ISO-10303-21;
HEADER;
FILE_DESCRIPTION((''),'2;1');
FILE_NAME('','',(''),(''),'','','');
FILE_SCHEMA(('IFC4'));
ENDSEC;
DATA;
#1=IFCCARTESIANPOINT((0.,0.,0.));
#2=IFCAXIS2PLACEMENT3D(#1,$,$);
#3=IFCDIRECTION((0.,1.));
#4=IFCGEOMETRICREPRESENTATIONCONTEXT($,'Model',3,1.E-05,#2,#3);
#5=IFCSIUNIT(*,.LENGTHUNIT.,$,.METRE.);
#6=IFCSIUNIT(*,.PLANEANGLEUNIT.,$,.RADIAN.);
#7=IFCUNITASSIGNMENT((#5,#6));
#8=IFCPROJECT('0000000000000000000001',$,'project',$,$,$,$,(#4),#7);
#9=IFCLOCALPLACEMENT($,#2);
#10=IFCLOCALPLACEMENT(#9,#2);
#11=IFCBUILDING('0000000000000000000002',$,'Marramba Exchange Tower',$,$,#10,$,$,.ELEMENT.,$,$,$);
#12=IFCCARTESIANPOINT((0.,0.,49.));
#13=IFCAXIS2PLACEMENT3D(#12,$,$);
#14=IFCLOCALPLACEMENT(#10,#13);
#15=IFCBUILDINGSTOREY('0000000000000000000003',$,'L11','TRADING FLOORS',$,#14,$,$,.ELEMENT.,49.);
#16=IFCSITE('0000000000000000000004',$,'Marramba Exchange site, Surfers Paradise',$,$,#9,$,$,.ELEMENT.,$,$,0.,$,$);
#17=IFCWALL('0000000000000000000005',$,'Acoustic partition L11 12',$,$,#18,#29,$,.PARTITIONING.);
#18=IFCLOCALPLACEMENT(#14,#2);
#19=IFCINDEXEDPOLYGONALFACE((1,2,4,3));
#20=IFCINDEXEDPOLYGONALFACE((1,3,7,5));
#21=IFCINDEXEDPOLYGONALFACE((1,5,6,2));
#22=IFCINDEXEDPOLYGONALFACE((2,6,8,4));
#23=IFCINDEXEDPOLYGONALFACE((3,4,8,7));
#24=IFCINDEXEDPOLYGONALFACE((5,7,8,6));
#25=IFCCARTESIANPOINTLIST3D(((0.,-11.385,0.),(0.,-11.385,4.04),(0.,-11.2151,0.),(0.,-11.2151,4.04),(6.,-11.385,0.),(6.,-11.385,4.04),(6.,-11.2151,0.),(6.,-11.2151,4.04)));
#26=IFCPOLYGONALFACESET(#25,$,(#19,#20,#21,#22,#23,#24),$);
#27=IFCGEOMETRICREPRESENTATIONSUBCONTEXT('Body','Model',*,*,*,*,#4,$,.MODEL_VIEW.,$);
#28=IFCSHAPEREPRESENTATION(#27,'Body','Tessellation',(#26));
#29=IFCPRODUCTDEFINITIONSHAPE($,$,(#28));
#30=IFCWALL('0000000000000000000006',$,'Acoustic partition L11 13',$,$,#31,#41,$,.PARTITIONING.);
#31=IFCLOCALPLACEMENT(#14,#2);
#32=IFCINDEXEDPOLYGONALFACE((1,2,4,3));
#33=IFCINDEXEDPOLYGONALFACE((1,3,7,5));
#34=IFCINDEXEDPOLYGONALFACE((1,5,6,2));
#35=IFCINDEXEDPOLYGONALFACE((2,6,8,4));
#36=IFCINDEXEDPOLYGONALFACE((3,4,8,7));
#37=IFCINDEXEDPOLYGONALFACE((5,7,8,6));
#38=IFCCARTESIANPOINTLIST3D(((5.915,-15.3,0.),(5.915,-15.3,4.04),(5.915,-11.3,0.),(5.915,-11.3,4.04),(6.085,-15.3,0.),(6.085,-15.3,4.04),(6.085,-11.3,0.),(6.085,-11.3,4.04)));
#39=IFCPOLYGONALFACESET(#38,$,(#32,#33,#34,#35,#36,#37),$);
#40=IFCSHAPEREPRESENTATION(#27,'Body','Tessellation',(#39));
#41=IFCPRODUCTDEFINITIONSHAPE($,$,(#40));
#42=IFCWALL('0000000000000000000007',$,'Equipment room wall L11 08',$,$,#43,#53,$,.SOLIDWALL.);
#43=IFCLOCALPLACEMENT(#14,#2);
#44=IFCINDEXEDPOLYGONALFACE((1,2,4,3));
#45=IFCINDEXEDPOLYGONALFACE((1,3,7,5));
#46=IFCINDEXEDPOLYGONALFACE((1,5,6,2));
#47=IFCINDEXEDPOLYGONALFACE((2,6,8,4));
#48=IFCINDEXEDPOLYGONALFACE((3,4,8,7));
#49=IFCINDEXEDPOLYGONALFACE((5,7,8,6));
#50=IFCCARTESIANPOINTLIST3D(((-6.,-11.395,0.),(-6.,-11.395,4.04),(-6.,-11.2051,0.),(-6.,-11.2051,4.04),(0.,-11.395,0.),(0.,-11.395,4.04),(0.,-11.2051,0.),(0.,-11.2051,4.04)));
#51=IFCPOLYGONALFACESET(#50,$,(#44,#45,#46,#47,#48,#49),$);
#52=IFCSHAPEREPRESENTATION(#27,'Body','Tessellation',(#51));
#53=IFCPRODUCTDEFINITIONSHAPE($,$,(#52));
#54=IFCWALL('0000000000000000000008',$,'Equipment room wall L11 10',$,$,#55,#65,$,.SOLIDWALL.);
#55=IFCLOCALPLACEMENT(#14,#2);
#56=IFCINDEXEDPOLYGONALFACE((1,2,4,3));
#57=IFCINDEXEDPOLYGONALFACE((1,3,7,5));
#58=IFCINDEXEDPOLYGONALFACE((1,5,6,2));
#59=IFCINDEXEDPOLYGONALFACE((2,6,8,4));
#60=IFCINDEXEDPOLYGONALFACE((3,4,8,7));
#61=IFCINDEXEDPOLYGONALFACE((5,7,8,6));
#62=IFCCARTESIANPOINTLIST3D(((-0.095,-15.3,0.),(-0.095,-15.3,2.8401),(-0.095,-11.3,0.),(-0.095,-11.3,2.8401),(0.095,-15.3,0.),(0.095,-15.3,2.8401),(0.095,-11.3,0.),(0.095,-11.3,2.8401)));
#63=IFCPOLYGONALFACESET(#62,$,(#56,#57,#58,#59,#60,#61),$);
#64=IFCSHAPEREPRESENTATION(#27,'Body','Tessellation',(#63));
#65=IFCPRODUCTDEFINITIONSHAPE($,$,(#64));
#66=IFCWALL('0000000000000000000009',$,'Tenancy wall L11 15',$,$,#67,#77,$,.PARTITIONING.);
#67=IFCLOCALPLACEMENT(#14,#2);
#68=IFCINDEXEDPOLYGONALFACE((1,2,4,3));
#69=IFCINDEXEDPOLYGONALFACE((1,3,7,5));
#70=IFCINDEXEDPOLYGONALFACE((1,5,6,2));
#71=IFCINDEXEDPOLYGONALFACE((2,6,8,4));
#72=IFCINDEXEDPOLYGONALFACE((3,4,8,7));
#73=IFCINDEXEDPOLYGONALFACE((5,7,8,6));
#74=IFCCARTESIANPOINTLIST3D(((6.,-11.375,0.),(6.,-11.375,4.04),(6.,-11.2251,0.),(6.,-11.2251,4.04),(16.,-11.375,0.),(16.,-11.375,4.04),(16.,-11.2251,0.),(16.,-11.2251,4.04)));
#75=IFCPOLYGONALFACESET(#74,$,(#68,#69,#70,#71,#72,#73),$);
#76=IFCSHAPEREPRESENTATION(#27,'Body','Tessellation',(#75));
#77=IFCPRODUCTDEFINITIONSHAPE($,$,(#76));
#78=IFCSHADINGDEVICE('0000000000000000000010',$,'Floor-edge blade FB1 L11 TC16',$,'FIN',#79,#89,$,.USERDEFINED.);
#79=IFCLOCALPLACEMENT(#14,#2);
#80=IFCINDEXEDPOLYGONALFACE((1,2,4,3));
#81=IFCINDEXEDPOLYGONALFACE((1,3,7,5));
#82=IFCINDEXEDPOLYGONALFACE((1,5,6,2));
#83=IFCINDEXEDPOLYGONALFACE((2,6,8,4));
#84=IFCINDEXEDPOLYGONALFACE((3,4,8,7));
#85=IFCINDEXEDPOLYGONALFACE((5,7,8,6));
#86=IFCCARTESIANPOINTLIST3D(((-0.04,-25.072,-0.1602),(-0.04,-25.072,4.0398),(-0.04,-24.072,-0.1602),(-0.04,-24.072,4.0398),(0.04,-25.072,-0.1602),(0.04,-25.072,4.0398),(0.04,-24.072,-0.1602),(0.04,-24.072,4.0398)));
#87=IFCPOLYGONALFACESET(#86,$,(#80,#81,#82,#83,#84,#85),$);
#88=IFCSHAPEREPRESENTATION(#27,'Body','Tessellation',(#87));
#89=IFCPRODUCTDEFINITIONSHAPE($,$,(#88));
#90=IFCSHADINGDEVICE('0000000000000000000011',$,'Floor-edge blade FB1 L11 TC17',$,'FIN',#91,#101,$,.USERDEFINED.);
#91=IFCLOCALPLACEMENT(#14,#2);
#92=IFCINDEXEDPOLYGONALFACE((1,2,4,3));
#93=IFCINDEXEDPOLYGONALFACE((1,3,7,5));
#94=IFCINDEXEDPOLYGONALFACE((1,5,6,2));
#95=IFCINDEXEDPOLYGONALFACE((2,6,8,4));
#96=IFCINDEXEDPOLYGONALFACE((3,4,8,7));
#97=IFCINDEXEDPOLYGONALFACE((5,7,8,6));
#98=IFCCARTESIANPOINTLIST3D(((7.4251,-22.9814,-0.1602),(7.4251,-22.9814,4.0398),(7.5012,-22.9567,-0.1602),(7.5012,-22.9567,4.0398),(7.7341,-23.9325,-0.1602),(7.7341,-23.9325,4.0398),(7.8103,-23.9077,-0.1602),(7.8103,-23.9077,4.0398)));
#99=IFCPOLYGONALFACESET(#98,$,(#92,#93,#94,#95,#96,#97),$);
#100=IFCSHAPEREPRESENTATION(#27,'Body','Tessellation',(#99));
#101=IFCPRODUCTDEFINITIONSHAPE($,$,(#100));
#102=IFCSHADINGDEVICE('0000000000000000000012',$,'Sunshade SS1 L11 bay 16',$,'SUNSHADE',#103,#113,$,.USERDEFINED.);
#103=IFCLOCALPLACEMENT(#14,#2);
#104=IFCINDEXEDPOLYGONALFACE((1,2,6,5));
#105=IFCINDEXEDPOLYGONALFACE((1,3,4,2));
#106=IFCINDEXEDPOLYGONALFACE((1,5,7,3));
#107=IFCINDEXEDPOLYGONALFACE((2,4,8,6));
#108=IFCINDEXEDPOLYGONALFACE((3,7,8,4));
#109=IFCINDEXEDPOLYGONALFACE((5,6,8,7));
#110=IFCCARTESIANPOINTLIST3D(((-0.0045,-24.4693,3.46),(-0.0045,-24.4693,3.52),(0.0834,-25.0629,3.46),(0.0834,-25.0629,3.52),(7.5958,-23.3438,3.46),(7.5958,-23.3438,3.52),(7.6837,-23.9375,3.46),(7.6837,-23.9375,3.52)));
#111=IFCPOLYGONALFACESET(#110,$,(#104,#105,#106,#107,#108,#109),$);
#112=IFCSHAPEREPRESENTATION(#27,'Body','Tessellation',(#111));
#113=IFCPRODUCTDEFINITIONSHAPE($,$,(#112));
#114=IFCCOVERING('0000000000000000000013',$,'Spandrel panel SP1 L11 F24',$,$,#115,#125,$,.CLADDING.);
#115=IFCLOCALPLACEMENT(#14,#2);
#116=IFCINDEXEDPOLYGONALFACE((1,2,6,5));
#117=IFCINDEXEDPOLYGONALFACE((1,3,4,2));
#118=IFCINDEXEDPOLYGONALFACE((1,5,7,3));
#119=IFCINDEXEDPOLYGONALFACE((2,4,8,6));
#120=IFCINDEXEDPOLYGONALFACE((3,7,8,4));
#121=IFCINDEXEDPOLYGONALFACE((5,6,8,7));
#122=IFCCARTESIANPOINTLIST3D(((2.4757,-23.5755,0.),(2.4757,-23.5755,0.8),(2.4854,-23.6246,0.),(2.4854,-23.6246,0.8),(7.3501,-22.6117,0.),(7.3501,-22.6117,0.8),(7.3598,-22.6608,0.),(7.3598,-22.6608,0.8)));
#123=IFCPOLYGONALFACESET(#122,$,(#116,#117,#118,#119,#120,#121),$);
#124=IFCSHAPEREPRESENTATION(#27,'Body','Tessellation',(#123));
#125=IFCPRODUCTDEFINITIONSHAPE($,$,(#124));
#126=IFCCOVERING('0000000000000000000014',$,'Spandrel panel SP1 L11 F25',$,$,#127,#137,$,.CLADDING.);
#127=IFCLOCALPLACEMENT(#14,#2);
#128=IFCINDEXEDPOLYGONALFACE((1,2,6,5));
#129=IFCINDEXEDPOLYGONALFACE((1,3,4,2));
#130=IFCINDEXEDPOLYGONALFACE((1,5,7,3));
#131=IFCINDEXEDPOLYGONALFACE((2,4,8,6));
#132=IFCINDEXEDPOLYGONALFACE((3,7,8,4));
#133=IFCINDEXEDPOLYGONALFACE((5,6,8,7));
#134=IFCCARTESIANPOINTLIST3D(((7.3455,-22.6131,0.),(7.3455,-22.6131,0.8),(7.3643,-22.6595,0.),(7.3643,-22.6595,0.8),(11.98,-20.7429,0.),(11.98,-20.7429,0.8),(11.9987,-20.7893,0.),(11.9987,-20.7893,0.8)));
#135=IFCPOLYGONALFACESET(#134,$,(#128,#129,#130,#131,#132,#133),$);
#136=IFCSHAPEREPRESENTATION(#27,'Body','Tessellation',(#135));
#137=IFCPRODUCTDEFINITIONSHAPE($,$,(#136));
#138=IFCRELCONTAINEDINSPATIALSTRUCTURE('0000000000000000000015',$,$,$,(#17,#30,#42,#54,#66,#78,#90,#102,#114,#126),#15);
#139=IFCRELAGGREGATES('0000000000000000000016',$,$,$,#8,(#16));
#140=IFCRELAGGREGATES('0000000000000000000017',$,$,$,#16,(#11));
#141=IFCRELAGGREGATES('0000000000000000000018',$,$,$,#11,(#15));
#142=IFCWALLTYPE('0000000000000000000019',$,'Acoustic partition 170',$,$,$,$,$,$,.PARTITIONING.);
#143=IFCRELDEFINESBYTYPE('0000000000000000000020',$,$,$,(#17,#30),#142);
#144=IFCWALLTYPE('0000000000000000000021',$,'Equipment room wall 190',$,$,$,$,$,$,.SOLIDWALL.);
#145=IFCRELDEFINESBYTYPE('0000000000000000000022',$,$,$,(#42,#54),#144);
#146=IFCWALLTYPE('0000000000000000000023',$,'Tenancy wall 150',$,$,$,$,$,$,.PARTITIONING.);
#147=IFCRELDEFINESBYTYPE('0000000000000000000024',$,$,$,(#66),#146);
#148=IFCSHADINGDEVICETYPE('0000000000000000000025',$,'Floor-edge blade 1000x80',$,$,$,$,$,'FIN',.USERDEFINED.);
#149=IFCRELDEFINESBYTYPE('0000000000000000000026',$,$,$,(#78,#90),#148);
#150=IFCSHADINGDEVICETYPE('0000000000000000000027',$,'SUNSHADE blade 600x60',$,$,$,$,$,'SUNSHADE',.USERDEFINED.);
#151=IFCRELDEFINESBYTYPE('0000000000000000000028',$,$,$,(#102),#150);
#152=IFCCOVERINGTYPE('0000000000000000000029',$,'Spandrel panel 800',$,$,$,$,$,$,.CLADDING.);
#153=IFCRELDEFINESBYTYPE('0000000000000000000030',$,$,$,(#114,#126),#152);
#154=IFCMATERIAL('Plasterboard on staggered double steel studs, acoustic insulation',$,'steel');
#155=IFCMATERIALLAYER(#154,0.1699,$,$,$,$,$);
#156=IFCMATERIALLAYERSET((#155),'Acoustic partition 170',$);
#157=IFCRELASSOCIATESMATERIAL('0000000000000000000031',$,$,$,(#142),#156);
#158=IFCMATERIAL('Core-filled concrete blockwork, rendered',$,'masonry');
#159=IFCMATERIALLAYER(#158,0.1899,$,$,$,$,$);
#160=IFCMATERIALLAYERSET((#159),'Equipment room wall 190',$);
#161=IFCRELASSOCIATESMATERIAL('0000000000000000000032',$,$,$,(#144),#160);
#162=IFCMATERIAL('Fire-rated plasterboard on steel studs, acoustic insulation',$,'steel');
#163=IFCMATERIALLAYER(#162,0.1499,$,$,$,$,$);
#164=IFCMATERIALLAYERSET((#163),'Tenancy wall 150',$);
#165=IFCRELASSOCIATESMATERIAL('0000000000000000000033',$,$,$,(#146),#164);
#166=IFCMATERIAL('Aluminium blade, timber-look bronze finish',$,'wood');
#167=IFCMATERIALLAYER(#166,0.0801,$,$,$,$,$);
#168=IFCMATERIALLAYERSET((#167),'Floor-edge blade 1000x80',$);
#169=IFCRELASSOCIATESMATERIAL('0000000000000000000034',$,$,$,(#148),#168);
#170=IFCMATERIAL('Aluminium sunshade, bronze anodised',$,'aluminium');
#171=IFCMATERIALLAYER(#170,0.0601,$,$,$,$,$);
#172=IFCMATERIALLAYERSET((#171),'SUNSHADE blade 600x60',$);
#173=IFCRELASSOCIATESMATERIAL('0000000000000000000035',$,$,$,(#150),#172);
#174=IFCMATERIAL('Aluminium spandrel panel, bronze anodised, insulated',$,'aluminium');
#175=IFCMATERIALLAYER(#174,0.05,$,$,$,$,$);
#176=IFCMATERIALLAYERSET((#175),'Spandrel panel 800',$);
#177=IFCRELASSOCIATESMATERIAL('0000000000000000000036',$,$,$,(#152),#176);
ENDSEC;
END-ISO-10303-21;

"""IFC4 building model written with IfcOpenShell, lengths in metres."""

from ifc_helpers import new_model, si_unit, direction, frame, frame_2d, origin, origin_2d, place, context, subcontext, project, spatial, rectangle, extrude, material, layer, layer_set, type_object, element, save


model = new_model("IFC4")

# Units and contexts
model_context = context("Model", 3, precision=1e-05, world=origin(), true_north=direction((0.0, 1.0)))
body_context = subcontext(model_context, "Body", "Model", "MODEL_VIEW")
ifc_project = project(units=[si_unit("LENGTHUNIT", "METRE"), si_unit("PLANEANGLEUNIT", "RADIAN")], contexts=[model_context])

# Site, building, storey
site_placement = place(None, origin())
site = spatial("IfcSite", under=ifc_project, at=site_placement, Name="Marramba Exchange site, Surfers Paradise", CompositionType="ELEMENT", RefElevation=0.0)
building_placement = place(site_placement, origin())
building = spatial("IfcBuilding", under=site, at=building_placement, Name="Marramba Exchange Tower", CompositionType="ELEMENT")
storey_placement = place(building_placement, frame((0.0, 0.0, 49.0)))
storey = spatial("IfcBuildingStorey", under=building, at=storey_placement, Name="L11", Description="TRADING FLOORS", CompositionType="ELEMENT", Elevation=49.0)

# Shared definitions
ifc_material_1 = material(Name="Plasterboard on staggered double steel studs, acoustic insulation", Category="steel")
ifc_layer_1 = layer(ifc_material_1, 0.1699)
ifc_layer_set_1 = layer_set([ifc_layer_1], Name="Acoustic partition 170")
wall_type_1 = type_object("IfcWallType", Name="Acoustic partition 170", PredefinedType="PARTITIONING", material=ifc_layer_set_1)

# Walls
wall_1_placement = place(storey_placement, frame((6.0, -11.3, 0.0), z_axis=(0.0, 0.0, 1.0), x_axis=(-1.0, 0.0, 0.0)))
element("IfcWall", 1, at=wall_1_placement, inside=storey, type_object=wall_type_1, Name="Acoustic partition L11 12", PredefinedType="PARTITIONING", context=body_context, shape_type="SweptSolid", body=[
    extrude(rectangle(XDim=6.0, YDim=0.1699, at=frame_2d((3.0, 0.0))), origin(), (0.0, 0.0, 1.0), 4.04),
])
wall_2_placement = place(storey_placement, frame((6.0, -15.3, 0.0), z_axis=(0.0, 0.0, 1.0), x_axis=(0.0, 1.0, 0.0)))
element("IfcWall", 2, at=wall_2_placement, inside=storey, type_object=wall_type_1, Name="Acoustic partition L11 13", PredefinedType="PARTITIONING", context=body_context, shape_type="SweptSolid", body=[
    extrude(rectangle(XDim=4.0, YDim=0.1699, at=frame_2d((2.0, 0.0))), origin(), (0.0, 0.0, 1.0), 4.04),
])
ifc_material_2 = material(Name="Core-filled concrete blockwork, rendered", Category="masonry")
ifc_layer_2 = layer(ifc_material_2, 0.1899)
ifc_layer_set_2 = layer_set([ifc_layer_2], Name="Equipment room wall 190")
wall_type_2 = type_object("IfcWallType", Name="Equipment room wall 190", PredefinedType="SOLIDWALL", material=ifc_layer_set_2)
wall_3_placement = place(storey_placement, frame((0.0, -11.3, 0.0), z_axis=(0.0, 0.0, 1.0), x_axis=(-1.0, 0.0, 0.0)))
element("IfcWall", 3, at=wall_3_placement, inside=storey, type_object=wall_type_2, Name="Equipment room wall L11 08", PredefinedType="SOLIDWALL", context=body_context, shape_type="SweptSolid", body=[
    extrude(rectangle(XDim=6.0, YDim=0.1899, at=frame_2d((3.0, 0.0))), origin(), (0.0, 0.0, 1.0), 4.04),
])
wall_4_placement = place(storey_placement, frame((0.0, -11.3, 0.0), z_axis=(0.0, 0.0, 1.0), x_axis=(0.0, -1.0, 0.0)))
element("IfcWall", 4, at=wall_4_placement, inside=storey, type_object=wall_type_2, Name="Equipment room wall L11 10", PredefinedType="SOLIDWALL", context=body_context, shape_type="SweptSolid", body=[
    extrude(rectangle(XDim=4.0, YDim=0.1899, at=frame_2d((2.0, 0.0))), origin(), (0.0, 0.0, 1.0), 2.8401),
])
ifc_material_3 = material(Name="Fire-rated plasterboard on steel studs, acoustic insulation", Category="steel")
ifc_layer_3 = layer(ifc_material_3, 0.1499)
ifc_layer_set_3 = layer_set([ifc_layer_3], Name="Tenancy wall 150")
wall_type_3 = type_object("IfcWallType", Name="Tenancy wall 150", PredefinedType="PARTITIONING", material=ifc_layer_set_3)
wall_5_placement = place(storey_placement, frame((6.0, -11.3, 0.0), z_axis=(0.0, 0.0, 1.0), x_axis=(1.0, 0.0, 0.0)))
element("IfcWall", 5, at=wall_5_placement, inside=storey, type_object=wall_type_3, Name="Tenancy wall L11 15", PredefinedType="PARTITIONING", context=body_context, shape_type="SweptSolid", body=[
    extrude(rectangle(XDim=10.0, YDim=0.1499, at=frame_2d((5.0, 0.0))), origin(), (0.0, 0.0, 1.0), 4.04),
])

# Shading devices
ifc_material_4 = material(Name="Aluminium blade, timber-look bronze finish", Category="wood")
ifc_layer_4 = layer(ifc_material_4, 0.0801)
ifc_layer_set_4 = layer_set([ifc_layer_4], Name="Floor-edge blade 1000x80")
shading_device_type_1 = type_object("IfcShadingDeviceType", Name="Floor-edge blade 1000x80", ElementType="FIN", PredefinedType="USERDEFINED", material=ifc_layer_set_4)
for number, where, z_axis, x_axis, name in (
    (6, (0.0, -24.572, -0.1602), (0.0, 0.0, 1.0), (0.0, -1.0, 0.0), "Floor-edge blade FB1 L11 TC16"),
    (7, (7.6177, -23.4446, -0.1602), (0.0, 0.0, 1.0), (0.309017, -0.951057, 0.0), "Floor-edge blade FB1 L11 TC17"),
):
    element("IfcShadingDevice", number, at=place(storey_placement, frame(where, z_axis=z_axis, x_axis=x_axis)), inside=storey, type_object=shading_device_type_1, Name=name, ObjectType="FIN", PredefinedType="USERDEFINED", context=body_context, shape_type="SweptSolid", body=[
        extrude(rectangle(XDim=1.0, YDim=0.0801, at=origin_2d()), origin(), (0.0, 0.0, 1.0), 4.2),
    ])
ifc_material_5 = material(Name="Aluminium sunshade, bronze anodised", Category="aluminium")
ifc_layer_5 = layer(ifc_material_5, 0.0601)
ifc_layer_set_5 = layer_set([ifc_layer_5], Name="SUNSHADE blade 600x60")
shading_device_type_2 = type_object("IfcShadingDeviceType", Name="SUNSHADE blade 600x60", ElementType="SUNSHADE", PredefinedType="USERDEFINED", material=ifc_layer_set_5)
shading_device_placement = place(storey_placement, frame((3.8396, -24.2034, 3.46), z_axis=(0.0, 0.0, 1.0), x_axis=(0.989213, 0.146485, 0.0)))
element("IfcShadingDevice", 8, at=shading_device_placement, inside=storey, type_object=shading_device_type_2, Name="Sunshade SS1 L11 bay 16", ObjectType="SUNSHADE", PredefinedType="USERDEFINED", context=body_context, shape_type="SweptSolid", body=[
    extrude(rectangle(XDim=7.6831, YDim=0.6001, at=origin_2d()), origin(), (0.0, 0.0, 1.0), 0.0601),
])

# Coverings
ifc_material_6 = material(Name="Aluminium spandrel panel, bronze anodised, insulated", Category="aluminium")
ifc_layer_6 = layer(ifc_material_6, 0.05)
ifc_layer_set_6 = layer_set([ifc_layer_6], Name="Spandrel panel 800")
covering_type = type_object("IfcCoveringType", Name="Spandrel panel 800", PredefinedType="CLADDING", material=ifc_layer_set_6)
covering_1_placement = place(storey_placement, frame((4.9177, -23.1182, 0.0), z_axis=(0.0, 0.0, 1.0), x_axis=(0.981009, 0.193961, 0.0)))
element("IfcCovering", 9, at=covering_1_placement, inside=storey, type_object=covering_type, Name="Spandrel panel SP1 L11 F24", PredefinedType="CLADDING", context=body_context, shape_type="SweptSolid", body=[
    extrude(rectangle(XDim=4.9688, YDim=0.05, at=origin_2d()), origin(), (0.0, 0.0, 1.0), 0.8),
])
covering_2_placement = place(storey_placement, frame((9.6721, -21.7012, 0.0), z_axis=(0.0, 0.0, 1.0), x_axis=(0.927341, 0.374218, 0.0)))
element("IfcCovering", 10, at=covering_2_placement, inside=storey, type_object=covering_type, Name="Spandrel panel SP1 L11 F25", PredefinedType="CLADDING", context=body_context, shape_type="SweptSolid", body=[
    extrude(rectangle(XDim=4.9976, YDim=0.05, at=origin_2d()), origin(), (0.0, 0.0, 1.0), 0.8),
])

save(model, "model.ifc")
